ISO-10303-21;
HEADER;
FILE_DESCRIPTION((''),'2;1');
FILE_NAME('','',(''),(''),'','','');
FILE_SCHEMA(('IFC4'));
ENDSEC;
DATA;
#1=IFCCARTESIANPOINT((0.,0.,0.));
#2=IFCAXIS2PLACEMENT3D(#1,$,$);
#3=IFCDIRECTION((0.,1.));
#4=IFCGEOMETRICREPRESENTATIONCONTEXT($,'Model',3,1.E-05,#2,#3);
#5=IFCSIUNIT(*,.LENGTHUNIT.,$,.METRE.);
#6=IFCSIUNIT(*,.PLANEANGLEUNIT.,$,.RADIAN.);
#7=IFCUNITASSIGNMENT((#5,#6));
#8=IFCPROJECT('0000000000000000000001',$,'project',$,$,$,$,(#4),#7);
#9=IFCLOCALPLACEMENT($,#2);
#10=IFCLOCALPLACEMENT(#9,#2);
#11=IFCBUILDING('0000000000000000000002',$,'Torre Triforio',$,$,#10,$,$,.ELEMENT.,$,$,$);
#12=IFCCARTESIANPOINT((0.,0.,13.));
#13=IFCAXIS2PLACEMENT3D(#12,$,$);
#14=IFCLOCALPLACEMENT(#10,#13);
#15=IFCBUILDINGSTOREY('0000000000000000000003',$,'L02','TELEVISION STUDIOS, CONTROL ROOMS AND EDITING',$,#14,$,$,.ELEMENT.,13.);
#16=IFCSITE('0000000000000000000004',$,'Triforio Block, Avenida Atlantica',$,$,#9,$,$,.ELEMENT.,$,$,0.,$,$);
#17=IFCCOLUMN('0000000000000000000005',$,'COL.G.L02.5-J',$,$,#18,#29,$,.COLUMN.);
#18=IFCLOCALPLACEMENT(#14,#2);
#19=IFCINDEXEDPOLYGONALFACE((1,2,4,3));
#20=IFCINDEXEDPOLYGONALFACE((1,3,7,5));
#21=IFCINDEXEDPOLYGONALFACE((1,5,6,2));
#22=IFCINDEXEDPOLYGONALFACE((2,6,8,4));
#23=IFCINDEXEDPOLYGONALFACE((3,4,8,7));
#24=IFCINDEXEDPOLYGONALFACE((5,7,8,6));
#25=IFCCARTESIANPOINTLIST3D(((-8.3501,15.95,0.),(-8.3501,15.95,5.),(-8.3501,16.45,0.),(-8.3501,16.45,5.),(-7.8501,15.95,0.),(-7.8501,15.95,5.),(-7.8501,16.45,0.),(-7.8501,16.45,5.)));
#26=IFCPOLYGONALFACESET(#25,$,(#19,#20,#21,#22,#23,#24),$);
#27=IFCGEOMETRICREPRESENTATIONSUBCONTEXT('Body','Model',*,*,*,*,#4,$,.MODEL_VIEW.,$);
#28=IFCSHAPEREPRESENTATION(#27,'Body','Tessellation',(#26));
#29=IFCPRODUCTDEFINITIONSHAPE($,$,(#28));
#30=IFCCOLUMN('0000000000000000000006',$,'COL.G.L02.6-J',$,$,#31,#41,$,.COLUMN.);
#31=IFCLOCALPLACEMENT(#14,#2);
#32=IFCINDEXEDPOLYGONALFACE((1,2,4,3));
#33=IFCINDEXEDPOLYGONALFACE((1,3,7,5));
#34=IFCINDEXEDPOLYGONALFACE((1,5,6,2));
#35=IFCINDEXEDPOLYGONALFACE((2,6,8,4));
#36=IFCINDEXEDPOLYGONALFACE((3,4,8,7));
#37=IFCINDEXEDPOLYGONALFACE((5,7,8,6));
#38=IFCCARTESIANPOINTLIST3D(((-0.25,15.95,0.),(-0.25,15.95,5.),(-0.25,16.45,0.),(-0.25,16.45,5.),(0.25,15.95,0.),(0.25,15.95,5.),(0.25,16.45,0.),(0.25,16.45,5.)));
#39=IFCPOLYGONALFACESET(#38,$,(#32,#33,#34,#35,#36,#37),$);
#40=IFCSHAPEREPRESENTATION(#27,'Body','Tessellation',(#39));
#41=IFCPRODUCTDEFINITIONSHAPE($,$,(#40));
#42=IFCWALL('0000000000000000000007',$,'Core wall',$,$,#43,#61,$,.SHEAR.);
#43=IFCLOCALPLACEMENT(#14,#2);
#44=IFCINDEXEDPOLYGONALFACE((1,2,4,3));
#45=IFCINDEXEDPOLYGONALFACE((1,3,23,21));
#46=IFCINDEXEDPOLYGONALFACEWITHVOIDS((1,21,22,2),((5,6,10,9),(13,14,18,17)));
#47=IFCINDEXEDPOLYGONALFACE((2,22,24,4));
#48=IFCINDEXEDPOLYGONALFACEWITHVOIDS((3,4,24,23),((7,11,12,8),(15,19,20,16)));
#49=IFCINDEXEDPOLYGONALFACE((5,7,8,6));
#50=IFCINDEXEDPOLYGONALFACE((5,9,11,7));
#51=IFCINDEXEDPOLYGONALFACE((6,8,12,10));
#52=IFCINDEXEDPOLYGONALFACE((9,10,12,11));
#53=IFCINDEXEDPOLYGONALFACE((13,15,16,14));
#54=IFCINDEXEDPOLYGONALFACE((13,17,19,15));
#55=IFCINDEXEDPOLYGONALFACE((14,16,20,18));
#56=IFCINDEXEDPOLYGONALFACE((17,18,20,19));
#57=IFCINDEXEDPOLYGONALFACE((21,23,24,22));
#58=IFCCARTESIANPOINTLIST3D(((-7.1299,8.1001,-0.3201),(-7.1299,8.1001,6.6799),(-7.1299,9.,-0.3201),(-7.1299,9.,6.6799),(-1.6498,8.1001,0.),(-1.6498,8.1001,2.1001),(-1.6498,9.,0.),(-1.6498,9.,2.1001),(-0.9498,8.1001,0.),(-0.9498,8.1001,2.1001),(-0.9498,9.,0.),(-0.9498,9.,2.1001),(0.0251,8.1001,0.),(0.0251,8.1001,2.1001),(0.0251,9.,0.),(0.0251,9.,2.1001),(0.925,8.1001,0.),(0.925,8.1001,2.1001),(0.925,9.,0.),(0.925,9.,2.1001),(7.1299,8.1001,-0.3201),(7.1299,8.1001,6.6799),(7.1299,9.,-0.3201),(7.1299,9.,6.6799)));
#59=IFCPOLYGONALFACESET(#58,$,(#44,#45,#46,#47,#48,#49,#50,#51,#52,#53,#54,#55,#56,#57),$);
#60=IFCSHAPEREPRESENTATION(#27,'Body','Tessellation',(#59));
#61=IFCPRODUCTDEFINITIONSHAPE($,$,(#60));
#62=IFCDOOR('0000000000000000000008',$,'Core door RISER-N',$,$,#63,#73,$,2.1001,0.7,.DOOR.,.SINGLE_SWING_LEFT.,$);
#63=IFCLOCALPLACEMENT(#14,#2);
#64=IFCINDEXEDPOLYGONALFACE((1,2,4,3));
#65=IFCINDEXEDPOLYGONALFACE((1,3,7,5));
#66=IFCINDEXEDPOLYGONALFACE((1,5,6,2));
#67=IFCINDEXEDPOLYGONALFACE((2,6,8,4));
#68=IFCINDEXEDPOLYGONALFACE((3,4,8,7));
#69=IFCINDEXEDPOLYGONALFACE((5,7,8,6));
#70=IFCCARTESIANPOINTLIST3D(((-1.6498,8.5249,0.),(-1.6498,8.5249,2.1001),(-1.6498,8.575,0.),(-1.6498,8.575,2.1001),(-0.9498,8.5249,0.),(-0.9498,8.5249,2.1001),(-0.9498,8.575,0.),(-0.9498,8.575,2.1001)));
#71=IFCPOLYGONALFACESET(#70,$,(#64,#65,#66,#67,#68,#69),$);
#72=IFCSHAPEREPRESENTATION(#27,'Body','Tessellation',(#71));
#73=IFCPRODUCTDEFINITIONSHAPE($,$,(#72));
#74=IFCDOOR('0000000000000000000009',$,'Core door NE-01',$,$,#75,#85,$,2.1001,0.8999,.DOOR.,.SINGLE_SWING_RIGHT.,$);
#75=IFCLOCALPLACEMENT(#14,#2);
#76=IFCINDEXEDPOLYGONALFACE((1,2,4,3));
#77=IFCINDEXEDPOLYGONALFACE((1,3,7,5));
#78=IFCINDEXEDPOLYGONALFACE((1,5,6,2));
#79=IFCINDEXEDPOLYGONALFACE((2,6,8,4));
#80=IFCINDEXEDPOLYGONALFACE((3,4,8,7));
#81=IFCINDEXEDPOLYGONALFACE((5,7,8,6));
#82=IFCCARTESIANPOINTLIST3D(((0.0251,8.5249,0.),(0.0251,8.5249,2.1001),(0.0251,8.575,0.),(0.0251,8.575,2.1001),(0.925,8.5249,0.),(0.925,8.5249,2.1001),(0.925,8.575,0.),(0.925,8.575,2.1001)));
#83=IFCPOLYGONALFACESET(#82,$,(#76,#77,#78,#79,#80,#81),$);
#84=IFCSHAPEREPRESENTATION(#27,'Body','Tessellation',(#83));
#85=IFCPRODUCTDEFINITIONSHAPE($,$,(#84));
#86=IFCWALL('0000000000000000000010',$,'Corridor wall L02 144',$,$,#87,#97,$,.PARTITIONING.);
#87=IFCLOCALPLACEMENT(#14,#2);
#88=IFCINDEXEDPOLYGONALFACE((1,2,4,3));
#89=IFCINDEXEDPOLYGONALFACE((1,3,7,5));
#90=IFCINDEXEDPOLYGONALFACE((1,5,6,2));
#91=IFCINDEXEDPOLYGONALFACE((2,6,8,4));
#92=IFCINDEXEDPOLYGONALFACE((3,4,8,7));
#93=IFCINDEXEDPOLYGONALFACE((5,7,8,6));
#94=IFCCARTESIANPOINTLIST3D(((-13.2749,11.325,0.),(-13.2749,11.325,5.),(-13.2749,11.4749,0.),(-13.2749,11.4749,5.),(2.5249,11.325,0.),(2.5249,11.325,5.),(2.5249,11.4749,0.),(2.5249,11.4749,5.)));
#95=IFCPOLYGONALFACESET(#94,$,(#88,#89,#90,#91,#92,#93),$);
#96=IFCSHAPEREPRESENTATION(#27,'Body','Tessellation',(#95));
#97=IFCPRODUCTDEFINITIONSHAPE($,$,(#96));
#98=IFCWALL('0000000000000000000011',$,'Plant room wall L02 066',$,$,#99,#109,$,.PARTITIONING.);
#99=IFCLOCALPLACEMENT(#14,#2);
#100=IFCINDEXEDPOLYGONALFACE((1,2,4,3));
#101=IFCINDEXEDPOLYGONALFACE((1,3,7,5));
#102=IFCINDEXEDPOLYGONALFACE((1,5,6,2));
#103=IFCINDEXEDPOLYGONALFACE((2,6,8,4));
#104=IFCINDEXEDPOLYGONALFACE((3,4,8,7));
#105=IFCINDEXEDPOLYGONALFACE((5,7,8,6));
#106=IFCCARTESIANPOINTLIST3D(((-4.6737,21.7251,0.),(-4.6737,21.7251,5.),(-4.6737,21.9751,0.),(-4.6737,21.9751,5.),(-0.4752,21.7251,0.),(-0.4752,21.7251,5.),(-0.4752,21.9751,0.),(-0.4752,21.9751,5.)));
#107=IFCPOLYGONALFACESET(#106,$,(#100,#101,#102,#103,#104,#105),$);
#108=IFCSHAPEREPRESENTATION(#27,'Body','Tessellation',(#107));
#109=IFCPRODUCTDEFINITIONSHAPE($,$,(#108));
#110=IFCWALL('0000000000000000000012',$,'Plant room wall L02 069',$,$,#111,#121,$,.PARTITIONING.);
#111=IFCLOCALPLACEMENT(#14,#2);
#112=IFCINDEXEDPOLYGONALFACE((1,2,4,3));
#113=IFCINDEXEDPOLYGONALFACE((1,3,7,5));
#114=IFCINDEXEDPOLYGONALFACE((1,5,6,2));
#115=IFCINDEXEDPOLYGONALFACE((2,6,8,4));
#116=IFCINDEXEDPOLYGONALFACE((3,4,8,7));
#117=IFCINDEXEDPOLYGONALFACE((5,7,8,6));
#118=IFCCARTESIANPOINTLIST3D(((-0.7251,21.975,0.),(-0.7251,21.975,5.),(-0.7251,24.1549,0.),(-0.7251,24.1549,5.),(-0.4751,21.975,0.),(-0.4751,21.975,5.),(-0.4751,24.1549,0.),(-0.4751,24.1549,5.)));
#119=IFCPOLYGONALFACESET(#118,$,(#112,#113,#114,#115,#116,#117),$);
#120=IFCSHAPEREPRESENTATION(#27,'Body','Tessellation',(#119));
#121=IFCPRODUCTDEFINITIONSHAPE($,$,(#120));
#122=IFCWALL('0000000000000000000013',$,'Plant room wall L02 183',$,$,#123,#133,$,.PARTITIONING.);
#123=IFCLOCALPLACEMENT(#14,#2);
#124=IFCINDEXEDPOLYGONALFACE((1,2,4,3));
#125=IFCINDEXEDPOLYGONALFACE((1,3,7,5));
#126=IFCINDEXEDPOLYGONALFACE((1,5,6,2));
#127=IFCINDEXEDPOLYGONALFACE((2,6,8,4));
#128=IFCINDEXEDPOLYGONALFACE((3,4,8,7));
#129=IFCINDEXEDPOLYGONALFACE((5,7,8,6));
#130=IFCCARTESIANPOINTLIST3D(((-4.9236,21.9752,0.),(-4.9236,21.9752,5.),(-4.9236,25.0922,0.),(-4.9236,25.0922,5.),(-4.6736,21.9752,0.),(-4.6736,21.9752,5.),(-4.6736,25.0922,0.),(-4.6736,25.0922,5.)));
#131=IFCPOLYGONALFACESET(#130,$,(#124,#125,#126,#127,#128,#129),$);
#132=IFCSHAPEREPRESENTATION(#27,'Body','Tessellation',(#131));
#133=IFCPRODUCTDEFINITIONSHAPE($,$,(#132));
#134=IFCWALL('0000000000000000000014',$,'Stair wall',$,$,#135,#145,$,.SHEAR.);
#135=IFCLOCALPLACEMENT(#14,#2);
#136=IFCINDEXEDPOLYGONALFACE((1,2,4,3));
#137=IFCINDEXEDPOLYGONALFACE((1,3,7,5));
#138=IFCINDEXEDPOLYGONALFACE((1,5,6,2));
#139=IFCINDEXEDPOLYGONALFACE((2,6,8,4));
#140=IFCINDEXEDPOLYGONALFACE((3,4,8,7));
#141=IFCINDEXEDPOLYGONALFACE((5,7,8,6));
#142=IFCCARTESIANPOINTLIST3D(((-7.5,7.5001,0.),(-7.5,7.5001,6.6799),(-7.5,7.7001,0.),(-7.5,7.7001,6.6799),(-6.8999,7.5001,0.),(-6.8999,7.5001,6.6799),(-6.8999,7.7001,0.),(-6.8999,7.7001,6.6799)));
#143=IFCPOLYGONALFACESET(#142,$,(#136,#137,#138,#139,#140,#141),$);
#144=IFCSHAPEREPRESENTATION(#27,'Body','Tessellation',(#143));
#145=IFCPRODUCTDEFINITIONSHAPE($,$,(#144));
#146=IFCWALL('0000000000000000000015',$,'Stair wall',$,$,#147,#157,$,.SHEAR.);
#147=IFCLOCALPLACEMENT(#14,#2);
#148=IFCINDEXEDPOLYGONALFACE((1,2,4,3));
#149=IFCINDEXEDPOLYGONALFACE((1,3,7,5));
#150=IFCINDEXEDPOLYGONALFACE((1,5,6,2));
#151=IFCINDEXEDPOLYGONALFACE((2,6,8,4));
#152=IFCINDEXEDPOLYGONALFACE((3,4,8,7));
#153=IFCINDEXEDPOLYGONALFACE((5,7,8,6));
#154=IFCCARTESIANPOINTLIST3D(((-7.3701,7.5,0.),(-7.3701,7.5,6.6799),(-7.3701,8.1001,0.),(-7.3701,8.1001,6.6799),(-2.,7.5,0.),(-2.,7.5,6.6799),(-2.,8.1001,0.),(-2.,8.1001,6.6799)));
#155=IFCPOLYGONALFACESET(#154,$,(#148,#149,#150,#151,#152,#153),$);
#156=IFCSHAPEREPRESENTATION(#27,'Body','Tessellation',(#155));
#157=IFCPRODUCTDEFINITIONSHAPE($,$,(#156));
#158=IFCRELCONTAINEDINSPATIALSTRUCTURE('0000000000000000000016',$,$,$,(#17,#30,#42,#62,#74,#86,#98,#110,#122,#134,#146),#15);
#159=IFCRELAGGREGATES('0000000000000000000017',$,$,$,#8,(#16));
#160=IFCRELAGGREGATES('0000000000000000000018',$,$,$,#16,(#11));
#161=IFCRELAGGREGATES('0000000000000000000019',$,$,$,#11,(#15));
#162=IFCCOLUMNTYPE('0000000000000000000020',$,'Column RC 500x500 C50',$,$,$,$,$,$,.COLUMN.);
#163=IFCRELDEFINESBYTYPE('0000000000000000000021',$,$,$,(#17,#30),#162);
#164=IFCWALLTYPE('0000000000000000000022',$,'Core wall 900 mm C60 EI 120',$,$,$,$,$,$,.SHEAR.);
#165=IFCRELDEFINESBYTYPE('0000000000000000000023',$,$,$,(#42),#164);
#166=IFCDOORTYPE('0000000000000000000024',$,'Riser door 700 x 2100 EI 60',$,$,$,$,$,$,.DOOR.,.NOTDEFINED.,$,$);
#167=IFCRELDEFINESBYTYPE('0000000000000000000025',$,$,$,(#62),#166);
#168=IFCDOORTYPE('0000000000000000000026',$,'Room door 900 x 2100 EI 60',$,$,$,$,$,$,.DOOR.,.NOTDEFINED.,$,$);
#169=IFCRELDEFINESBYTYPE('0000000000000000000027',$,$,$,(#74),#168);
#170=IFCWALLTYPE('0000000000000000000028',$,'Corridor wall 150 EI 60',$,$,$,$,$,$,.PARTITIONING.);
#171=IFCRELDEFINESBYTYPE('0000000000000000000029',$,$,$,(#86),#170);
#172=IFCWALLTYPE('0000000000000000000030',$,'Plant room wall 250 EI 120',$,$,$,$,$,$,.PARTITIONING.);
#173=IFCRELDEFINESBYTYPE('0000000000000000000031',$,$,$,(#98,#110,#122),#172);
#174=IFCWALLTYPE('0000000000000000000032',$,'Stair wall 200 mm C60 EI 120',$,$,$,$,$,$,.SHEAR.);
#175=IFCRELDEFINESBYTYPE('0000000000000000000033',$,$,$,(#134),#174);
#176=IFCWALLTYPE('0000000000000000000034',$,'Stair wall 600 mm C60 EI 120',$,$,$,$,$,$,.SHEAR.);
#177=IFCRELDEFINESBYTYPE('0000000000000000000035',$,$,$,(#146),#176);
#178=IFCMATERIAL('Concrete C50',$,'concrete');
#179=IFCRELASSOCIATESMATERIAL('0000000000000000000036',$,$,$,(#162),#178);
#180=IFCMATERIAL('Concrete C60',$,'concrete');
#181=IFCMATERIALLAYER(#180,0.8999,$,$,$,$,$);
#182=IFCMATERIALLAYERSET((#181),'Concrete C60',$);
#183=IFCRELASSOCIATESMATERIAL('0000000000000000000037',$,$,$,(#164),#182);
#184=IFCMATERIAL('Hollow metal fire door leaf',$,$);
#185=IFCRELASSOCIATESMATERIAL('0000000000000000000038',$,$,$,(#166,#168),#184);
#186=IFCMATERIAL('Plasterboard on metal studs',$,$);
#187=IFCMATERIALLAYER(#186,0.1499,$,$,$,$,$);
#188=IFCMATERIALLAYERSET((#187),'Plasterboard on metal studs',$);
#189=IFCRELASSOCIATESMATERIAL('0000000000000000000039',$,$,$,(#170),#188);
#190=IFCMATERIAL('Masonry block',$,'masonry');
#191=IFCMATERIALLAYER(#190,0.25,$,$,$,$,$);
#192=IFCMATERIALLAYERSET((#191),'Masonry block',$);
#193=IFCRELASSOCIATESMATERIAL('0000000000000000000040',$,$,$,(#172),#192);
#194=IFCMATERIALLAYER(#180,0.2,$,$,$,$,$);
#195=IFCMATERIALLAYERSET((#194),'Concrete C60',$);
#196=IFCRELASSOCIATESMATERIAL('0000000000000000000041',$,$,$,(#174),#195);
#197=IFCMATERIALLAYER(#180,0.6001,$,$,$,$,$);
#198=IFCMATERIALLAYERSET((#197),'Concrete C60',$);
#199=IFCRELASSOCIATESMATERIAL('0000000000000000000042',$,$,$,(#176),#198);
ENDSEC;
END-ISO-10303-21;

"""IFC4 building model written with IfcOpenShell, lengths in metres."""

from ifc_helpers import new_model, si_unit, direction, frame, frame_2d, origin, origin_2d, place, context, subcontext, project, spatial, rectangle, extrude, material, layer, layer_set, material_profile, profile_set, type_object, element, fill, save


model = new_model("IFC4")

# Units and contexts
model_context = context("Model", 3, precision=1e-05, world=origin(), true_north=direction((0.0, 1.0)))
body_context = subcontext(model_context, "Body", "Model", "MODEL_VIEW")
ifc_project = project(units=[si_unit("LENGTHUNIT", "METRE"), si_unit("PLANEANGLEUNIT", "RADIAN")], contexts=[model_context])

# Site, building, storey
site_placement = place(None, origin())
site = spatial("IfcSite", under=ifc_project, at=site_placement, Name="Triforio Block, Avenida Atlantica", CompositionType="ELEMENT", RefElevation=0.0)
building_placement = place(site_placement, origin())
building = spatial("IfcBuilding", under=site, at=building_placement, Name="Torre Triforio", CompositionType="ELEMENT")
storey_placement = place(building_placement, frame((0.0, 0.0, 13.0)))
storey = spatial("IfcBuildingStorey", under=building, at=storey_placement, Name="L02", Description="TELEVISION STUDIOS, CONTROL ROOMS AND EDITING", CompositionType="ELEMENT", Elevation=13.0)

# Columns
ifc_material_1 = material(Name="Concrete C50", Category="concrete")
ifc_material_profile = material_profile(ifc_material_1, rectangle(XDim=0.5, YDim=0.5, at=origin_2d()), Name="RC 500x500")
ifc_profile_set = profile_set([ifc_material_profile], Name="Concrete C50")
column_type = type_object("IfcColumnType", Name="Column RC 500x500 C50", PredefinedType="COLUMN", material=ifc_profile_set)
for number, where, z_axis, x_axis, name in (
    (1, (-8.1001, 16.2, 0.0), (0.0, 0.0, 1.0), (1.0, 0.0, 0.0), "COL.G.L02.5-J"),
    (2, (0.0, 16.2, 0.0), (0.0, 0.0, 1.0), (1.0, 0.0, 0.0), "COL.G.L02.6-J"),
):
    element("IfcColumn", number, at=place(storey_placement, frame(where, z_axis=z_axis, x_axis=x_axis)), inside=storey, type_object=column_type, Name=name, PredefinedType="COLUMN", context=body_context, shape_type="SweptSolid", body=[
        extrude(rectangle(XDim=0.5, YDim=0.5, at=origin_2d()), origin(), (0.0, 0.0, 1.0), 5.0),
    ])

# Wall, openings, doors
ifc_material_2 = material(Name="Concrete C60", Category="concrete")
ifc_layer_1 = layer(ifc_material_2, 0.8999)
ifc_layer_set_1 = layer_set([ifc_layer_1], Name="Concrete C60")
wall_type_1 = type_object("IfcWallType", Name="Core wall 900 mm C60 EI 120", PredefinedType="SHEAR", material=ifc_layer_set_1)
wall_1_placement = place(storey_placement, frame((-7.1299, 8.55, -0.3201), z_axis=(0.0, 0.0, 1.0), x_axis=(1.0, 0.0, 0.0)))
wall_1 = element("IfcWall", 3, at=wall_1_placement, inside=storey, type_object=wall_type_1, Name="Core wall", PredefinedType="SHEAR", context=body_context, shape_type="SweptSolid", body=[
    extrude(rectangle(XDim=14.2598, YDim=0.8999, at=frame_2d((7.1299, 0.0))), origin(), (0.0, 0.0, 1.0), 7.0),
])
opening_1_placement = place(wall_1_placement, frame((5.48, 0.0, 0.3201)))
opening_1 = element("IfcOpeningElement", 4, at=opening_1_placement, cuts=wall_1, PredefinedType="OPENING", context=body_context, shape_type="SweptSolid", body=[
    extrude(rectangle(XDim=0.7, YDim=2.1001, at=frame_2d((0.3501, 1.05))), frame((0.0, 0.46, 0.0), z_axis=(0.0, -1.0, 0.0), x_axis=(1.0, 0.0, 0.0)), (0.0, 0.0, 1.0), 0.9199),
])
opening_2_placement = place(wall_1_placement, frame((7.155, 0.0, 0.3201)))
opening_2 = element("IfcOpeningElement", 5, at=opening_2_placement, cuts=wall_1, PredefinedType="OPENING", context=body_context, shape_type="SweptSolid", body=[
    extrude(rectangle(XDim=0.8999, YDim=2.1001, at=frame_2d((0.45, 1.05))), frame((0.0, 0.46, 0.0), z_axis=(0.0, -1.0, 0.0), x_axis=(1.0, 0.0, 0.0)), (0.0, 0.0, 1.0), 0.9199),
])
ifc_material_3 = material(Name="Hollow metal fire door leaf")
door_type_1 = type_object("IfcDoorType", Name="Riser door 700 x 2100 EI 60", OperationType="NOTDEFINED", PredefinedType="DOOR", material=ifc_material_3)
door_1_placement = place(opening_1_placement, origin())
door_1 = element("IfcDoor", 6, at=door_1_placement, inside=storey, type_object=door_type_1, Name="Core door RISER-N", OperationType="SINGLE_SWING_LEFT", OverallHeight=2.1001, OverallWidth=0.7, PredefinedType="DOOR", context=body_context, shape_type="SweptSolid", body=[
    extrude(rectangle(XDim=0.7, YDim=2.1001, at=frame_2d((0.3501, 1.05))), frame((0.0, 0.0249, 0.0), z_axis=(0.0, -1.0, 0.0), x_axis=(1.0, 0.0, 0.0)), (0.0, 0.0, 1.0), 0.05),
])
fill(opening_1, door_1)
door_type_2 = type_object("IfcDoorType", Name="Room door 900 x 2100 EI 60", OperationType="NOTDEFINED", PredefinedType="DOOR", material=ifc_material_3)
door_2_placement = place(opening_2_placement, origin())
door_2 = element("IfcDoor", 7, at=door_2_placement, inside=storey, type_object=door_type_2, Name="Core door NE-01", OperationType="SINGLE_SWING_RIGHT", OverallHeight=2.1001, OverallWidth=0.8999, PredefinedType="DOOR", context=body_context, shape_type="SweptSolid", body=[
    extrude(rectangle(XDim=0.8999, YDim=2.1001, at=frame_2d((0.45, 1.05))), frame((0.0, 0.0249, 0.0), z_axis=(0.0, -1.0, 0.0), x_axis=(1.0, 0.0, 0.0)), (0.0, 0.0, 1.0), 0.05),
])
fill(opening_2, door_2)

# Walls
ifc_material_4 = material(Name="Plasterboard on metal studs")
ifc_layer_2 = layer(ifc_material_4, 0.1499)
ifc_layer_set_2 = layer_set([ifc_layer_2], Name="Plasterboard on metal studs")
wall_type_2 = type_object("IfcWallType", Name="Corridor wall 150 EI 60", PredefinedType="PARTITIONING", material=ifc_layer_set_2)
wall_2_placement = place(storey_placement, frame((-13.2749, 11.3999, 0.0), z_axis=(0.0, 0.0, 1.0), x_axis=(1.0, 0.0, 0.0)))
element("IfcWall", 8, at=wall_2_placement, inside=storey, type_object=wall_type_2, Name="Corridor wall L02 144", PredefinedType="PARTITIONING", context=body_context, shape_type="SweptSolid", body=[
    extrude(rectangle(XDim=15.7998, YDim=0.1499, at=frame_2d((7.8999, 0.0))), origin(), (0.0, 0.0, 1.0), 5.0),
])
ifc_material_5 = material(Name="Masonry block", Category="masonry")
ifc_layer_3 = layer(ifc_material_5, 0.25)
ifc_layer_set_3 = layer_set([ifc_layer_3], Name="Masonry block")
wall_type_3 = type_object("IfcWallType", Name="Plant room wall 250 EI 120", PredefinedType="PARTITIONING", material=ifc_layer_set_3)
wall_3_placement = place(storey_placement, frame((-4.6736, 21.8501, 0.0), z_axis=(0.0, 0.0, 1.0), x_axis=(1.0, 0.0, 0.0)))
element("IfcWall", 9, at=wall_3_placement, inside=storey, type_object=wall_type_3, Name="Plant room wall L02 066", PredefinedType="PARTITIONING", context=body_context, shape_type="SweptSolid", body=[
    extrude(rectangle(XDim=4.1985, YDim=0.25, at=frame_2d((2.0991, 0.0))), origin(), (0.0, 0.0, 1.0), 5.0),
])
wall_4_placement = place(storey_placement, frame((-0.6001, 21.9751, 0.0), z_axis=(0.0, 0.0, 1.0), x_axis=(0.0, 1.0, 0.0)))
element("IfcWall", 10, at=wall_4_placement, inside=storey, type_object=wall_type_3, Name="Plant room wall L02 069", PredefinedType="PARTITIONING", context=body_context, shape_type="SweptSolid", body=[
    extrude(rectangle(XDim=2.1799, YDim=0.25, at=frame_2d((1.0898, 0.0))), origin(), (0.0, 0.0, 1.0), 5.0),
])
wall_5_placement = place(storey_placement, frame((-4.7986, 21.9751, 0.0), z_axis=(0.0, 0.0, 1.0), x_axis=(0.0, 1.0, 0.0)))
element("IfcWall", 11, at=wall_5_placement, inside=storey, type_object=wall_type_3, Name="Plant room wall L02 183", PredefinedType="PARTITIONING", context=body_context, shape_type="SweptSolid", body=[
    extrude(rectangle(XDim=3.1169, YDim=0.25, at=frame_2d((1.5586, 0.0))), origin(), (0.0, 0.0, 1.0), 5.0),
])
ifc_layer_4 = layer(ifc_material_2, 0.2)
ifc_layer_set_4 = layer_set([ifc_layer_4], Name="Concrete C60")
wall_type_4 = type_object("IfcWallType", Name="Stair wall 200 mm C60 EI 120", PredefinedType="SHEAR", material=ifc_layer_set_4)
wall_6_placement = place(storey_placement, frame((-7.5, 7.6001, 0.0), z_axis=(0.0, 0.0, 1.0), x_axis=(1.0, 0.0, 0.0)))
element("IfcWall", 12, at=wall_6_placement, inside=storey, type_object=wall_type_4, Name="Stair wall", PredefinedType="SHEAR", context=body_context, shape_type="SweptSolid", body=[
    extrude(rectangle(XDim=0.6001, YDim=0.2, at=frame_2d((0.3, 0.0))), origin(), (0.0, 0.0, 1.0), 6.6799),
])
ifc_layer_5 = layer(ifc_material_2, 0.6001)
ifc_layer_set_5 = layer_set([ifc_layer_5], Name="Concrete C60")
wall_type_5 = type_object("IfcWallType", Name="Stair wall 600 mm C60 EI 120", PredefinedType="SHEAR", material=ifc_layer_set_5)
wall_7_placement = place(storey_placement, frame((-7.3701, 7.8, 0.0), z_axis=(0.0, 0.0, 1.0), x_axis=(1.0, 0.0, 0.0)))
element("IfcWall", 13, at=wall_7_placement, inside=storey, type_object=wall_type_5, Name="Stair wall", PredefinedType="SHEAR", context=body_context, shape_type="SweptSolid", body=[
    extrude(rectangle(XDim=5.3701, YDim=0.6001, at=frame_2d((2.6851, 0.0))), origin(), (0.0, 0.0, 1.0), 6.6799),
])

save(model, "model.ifc")
